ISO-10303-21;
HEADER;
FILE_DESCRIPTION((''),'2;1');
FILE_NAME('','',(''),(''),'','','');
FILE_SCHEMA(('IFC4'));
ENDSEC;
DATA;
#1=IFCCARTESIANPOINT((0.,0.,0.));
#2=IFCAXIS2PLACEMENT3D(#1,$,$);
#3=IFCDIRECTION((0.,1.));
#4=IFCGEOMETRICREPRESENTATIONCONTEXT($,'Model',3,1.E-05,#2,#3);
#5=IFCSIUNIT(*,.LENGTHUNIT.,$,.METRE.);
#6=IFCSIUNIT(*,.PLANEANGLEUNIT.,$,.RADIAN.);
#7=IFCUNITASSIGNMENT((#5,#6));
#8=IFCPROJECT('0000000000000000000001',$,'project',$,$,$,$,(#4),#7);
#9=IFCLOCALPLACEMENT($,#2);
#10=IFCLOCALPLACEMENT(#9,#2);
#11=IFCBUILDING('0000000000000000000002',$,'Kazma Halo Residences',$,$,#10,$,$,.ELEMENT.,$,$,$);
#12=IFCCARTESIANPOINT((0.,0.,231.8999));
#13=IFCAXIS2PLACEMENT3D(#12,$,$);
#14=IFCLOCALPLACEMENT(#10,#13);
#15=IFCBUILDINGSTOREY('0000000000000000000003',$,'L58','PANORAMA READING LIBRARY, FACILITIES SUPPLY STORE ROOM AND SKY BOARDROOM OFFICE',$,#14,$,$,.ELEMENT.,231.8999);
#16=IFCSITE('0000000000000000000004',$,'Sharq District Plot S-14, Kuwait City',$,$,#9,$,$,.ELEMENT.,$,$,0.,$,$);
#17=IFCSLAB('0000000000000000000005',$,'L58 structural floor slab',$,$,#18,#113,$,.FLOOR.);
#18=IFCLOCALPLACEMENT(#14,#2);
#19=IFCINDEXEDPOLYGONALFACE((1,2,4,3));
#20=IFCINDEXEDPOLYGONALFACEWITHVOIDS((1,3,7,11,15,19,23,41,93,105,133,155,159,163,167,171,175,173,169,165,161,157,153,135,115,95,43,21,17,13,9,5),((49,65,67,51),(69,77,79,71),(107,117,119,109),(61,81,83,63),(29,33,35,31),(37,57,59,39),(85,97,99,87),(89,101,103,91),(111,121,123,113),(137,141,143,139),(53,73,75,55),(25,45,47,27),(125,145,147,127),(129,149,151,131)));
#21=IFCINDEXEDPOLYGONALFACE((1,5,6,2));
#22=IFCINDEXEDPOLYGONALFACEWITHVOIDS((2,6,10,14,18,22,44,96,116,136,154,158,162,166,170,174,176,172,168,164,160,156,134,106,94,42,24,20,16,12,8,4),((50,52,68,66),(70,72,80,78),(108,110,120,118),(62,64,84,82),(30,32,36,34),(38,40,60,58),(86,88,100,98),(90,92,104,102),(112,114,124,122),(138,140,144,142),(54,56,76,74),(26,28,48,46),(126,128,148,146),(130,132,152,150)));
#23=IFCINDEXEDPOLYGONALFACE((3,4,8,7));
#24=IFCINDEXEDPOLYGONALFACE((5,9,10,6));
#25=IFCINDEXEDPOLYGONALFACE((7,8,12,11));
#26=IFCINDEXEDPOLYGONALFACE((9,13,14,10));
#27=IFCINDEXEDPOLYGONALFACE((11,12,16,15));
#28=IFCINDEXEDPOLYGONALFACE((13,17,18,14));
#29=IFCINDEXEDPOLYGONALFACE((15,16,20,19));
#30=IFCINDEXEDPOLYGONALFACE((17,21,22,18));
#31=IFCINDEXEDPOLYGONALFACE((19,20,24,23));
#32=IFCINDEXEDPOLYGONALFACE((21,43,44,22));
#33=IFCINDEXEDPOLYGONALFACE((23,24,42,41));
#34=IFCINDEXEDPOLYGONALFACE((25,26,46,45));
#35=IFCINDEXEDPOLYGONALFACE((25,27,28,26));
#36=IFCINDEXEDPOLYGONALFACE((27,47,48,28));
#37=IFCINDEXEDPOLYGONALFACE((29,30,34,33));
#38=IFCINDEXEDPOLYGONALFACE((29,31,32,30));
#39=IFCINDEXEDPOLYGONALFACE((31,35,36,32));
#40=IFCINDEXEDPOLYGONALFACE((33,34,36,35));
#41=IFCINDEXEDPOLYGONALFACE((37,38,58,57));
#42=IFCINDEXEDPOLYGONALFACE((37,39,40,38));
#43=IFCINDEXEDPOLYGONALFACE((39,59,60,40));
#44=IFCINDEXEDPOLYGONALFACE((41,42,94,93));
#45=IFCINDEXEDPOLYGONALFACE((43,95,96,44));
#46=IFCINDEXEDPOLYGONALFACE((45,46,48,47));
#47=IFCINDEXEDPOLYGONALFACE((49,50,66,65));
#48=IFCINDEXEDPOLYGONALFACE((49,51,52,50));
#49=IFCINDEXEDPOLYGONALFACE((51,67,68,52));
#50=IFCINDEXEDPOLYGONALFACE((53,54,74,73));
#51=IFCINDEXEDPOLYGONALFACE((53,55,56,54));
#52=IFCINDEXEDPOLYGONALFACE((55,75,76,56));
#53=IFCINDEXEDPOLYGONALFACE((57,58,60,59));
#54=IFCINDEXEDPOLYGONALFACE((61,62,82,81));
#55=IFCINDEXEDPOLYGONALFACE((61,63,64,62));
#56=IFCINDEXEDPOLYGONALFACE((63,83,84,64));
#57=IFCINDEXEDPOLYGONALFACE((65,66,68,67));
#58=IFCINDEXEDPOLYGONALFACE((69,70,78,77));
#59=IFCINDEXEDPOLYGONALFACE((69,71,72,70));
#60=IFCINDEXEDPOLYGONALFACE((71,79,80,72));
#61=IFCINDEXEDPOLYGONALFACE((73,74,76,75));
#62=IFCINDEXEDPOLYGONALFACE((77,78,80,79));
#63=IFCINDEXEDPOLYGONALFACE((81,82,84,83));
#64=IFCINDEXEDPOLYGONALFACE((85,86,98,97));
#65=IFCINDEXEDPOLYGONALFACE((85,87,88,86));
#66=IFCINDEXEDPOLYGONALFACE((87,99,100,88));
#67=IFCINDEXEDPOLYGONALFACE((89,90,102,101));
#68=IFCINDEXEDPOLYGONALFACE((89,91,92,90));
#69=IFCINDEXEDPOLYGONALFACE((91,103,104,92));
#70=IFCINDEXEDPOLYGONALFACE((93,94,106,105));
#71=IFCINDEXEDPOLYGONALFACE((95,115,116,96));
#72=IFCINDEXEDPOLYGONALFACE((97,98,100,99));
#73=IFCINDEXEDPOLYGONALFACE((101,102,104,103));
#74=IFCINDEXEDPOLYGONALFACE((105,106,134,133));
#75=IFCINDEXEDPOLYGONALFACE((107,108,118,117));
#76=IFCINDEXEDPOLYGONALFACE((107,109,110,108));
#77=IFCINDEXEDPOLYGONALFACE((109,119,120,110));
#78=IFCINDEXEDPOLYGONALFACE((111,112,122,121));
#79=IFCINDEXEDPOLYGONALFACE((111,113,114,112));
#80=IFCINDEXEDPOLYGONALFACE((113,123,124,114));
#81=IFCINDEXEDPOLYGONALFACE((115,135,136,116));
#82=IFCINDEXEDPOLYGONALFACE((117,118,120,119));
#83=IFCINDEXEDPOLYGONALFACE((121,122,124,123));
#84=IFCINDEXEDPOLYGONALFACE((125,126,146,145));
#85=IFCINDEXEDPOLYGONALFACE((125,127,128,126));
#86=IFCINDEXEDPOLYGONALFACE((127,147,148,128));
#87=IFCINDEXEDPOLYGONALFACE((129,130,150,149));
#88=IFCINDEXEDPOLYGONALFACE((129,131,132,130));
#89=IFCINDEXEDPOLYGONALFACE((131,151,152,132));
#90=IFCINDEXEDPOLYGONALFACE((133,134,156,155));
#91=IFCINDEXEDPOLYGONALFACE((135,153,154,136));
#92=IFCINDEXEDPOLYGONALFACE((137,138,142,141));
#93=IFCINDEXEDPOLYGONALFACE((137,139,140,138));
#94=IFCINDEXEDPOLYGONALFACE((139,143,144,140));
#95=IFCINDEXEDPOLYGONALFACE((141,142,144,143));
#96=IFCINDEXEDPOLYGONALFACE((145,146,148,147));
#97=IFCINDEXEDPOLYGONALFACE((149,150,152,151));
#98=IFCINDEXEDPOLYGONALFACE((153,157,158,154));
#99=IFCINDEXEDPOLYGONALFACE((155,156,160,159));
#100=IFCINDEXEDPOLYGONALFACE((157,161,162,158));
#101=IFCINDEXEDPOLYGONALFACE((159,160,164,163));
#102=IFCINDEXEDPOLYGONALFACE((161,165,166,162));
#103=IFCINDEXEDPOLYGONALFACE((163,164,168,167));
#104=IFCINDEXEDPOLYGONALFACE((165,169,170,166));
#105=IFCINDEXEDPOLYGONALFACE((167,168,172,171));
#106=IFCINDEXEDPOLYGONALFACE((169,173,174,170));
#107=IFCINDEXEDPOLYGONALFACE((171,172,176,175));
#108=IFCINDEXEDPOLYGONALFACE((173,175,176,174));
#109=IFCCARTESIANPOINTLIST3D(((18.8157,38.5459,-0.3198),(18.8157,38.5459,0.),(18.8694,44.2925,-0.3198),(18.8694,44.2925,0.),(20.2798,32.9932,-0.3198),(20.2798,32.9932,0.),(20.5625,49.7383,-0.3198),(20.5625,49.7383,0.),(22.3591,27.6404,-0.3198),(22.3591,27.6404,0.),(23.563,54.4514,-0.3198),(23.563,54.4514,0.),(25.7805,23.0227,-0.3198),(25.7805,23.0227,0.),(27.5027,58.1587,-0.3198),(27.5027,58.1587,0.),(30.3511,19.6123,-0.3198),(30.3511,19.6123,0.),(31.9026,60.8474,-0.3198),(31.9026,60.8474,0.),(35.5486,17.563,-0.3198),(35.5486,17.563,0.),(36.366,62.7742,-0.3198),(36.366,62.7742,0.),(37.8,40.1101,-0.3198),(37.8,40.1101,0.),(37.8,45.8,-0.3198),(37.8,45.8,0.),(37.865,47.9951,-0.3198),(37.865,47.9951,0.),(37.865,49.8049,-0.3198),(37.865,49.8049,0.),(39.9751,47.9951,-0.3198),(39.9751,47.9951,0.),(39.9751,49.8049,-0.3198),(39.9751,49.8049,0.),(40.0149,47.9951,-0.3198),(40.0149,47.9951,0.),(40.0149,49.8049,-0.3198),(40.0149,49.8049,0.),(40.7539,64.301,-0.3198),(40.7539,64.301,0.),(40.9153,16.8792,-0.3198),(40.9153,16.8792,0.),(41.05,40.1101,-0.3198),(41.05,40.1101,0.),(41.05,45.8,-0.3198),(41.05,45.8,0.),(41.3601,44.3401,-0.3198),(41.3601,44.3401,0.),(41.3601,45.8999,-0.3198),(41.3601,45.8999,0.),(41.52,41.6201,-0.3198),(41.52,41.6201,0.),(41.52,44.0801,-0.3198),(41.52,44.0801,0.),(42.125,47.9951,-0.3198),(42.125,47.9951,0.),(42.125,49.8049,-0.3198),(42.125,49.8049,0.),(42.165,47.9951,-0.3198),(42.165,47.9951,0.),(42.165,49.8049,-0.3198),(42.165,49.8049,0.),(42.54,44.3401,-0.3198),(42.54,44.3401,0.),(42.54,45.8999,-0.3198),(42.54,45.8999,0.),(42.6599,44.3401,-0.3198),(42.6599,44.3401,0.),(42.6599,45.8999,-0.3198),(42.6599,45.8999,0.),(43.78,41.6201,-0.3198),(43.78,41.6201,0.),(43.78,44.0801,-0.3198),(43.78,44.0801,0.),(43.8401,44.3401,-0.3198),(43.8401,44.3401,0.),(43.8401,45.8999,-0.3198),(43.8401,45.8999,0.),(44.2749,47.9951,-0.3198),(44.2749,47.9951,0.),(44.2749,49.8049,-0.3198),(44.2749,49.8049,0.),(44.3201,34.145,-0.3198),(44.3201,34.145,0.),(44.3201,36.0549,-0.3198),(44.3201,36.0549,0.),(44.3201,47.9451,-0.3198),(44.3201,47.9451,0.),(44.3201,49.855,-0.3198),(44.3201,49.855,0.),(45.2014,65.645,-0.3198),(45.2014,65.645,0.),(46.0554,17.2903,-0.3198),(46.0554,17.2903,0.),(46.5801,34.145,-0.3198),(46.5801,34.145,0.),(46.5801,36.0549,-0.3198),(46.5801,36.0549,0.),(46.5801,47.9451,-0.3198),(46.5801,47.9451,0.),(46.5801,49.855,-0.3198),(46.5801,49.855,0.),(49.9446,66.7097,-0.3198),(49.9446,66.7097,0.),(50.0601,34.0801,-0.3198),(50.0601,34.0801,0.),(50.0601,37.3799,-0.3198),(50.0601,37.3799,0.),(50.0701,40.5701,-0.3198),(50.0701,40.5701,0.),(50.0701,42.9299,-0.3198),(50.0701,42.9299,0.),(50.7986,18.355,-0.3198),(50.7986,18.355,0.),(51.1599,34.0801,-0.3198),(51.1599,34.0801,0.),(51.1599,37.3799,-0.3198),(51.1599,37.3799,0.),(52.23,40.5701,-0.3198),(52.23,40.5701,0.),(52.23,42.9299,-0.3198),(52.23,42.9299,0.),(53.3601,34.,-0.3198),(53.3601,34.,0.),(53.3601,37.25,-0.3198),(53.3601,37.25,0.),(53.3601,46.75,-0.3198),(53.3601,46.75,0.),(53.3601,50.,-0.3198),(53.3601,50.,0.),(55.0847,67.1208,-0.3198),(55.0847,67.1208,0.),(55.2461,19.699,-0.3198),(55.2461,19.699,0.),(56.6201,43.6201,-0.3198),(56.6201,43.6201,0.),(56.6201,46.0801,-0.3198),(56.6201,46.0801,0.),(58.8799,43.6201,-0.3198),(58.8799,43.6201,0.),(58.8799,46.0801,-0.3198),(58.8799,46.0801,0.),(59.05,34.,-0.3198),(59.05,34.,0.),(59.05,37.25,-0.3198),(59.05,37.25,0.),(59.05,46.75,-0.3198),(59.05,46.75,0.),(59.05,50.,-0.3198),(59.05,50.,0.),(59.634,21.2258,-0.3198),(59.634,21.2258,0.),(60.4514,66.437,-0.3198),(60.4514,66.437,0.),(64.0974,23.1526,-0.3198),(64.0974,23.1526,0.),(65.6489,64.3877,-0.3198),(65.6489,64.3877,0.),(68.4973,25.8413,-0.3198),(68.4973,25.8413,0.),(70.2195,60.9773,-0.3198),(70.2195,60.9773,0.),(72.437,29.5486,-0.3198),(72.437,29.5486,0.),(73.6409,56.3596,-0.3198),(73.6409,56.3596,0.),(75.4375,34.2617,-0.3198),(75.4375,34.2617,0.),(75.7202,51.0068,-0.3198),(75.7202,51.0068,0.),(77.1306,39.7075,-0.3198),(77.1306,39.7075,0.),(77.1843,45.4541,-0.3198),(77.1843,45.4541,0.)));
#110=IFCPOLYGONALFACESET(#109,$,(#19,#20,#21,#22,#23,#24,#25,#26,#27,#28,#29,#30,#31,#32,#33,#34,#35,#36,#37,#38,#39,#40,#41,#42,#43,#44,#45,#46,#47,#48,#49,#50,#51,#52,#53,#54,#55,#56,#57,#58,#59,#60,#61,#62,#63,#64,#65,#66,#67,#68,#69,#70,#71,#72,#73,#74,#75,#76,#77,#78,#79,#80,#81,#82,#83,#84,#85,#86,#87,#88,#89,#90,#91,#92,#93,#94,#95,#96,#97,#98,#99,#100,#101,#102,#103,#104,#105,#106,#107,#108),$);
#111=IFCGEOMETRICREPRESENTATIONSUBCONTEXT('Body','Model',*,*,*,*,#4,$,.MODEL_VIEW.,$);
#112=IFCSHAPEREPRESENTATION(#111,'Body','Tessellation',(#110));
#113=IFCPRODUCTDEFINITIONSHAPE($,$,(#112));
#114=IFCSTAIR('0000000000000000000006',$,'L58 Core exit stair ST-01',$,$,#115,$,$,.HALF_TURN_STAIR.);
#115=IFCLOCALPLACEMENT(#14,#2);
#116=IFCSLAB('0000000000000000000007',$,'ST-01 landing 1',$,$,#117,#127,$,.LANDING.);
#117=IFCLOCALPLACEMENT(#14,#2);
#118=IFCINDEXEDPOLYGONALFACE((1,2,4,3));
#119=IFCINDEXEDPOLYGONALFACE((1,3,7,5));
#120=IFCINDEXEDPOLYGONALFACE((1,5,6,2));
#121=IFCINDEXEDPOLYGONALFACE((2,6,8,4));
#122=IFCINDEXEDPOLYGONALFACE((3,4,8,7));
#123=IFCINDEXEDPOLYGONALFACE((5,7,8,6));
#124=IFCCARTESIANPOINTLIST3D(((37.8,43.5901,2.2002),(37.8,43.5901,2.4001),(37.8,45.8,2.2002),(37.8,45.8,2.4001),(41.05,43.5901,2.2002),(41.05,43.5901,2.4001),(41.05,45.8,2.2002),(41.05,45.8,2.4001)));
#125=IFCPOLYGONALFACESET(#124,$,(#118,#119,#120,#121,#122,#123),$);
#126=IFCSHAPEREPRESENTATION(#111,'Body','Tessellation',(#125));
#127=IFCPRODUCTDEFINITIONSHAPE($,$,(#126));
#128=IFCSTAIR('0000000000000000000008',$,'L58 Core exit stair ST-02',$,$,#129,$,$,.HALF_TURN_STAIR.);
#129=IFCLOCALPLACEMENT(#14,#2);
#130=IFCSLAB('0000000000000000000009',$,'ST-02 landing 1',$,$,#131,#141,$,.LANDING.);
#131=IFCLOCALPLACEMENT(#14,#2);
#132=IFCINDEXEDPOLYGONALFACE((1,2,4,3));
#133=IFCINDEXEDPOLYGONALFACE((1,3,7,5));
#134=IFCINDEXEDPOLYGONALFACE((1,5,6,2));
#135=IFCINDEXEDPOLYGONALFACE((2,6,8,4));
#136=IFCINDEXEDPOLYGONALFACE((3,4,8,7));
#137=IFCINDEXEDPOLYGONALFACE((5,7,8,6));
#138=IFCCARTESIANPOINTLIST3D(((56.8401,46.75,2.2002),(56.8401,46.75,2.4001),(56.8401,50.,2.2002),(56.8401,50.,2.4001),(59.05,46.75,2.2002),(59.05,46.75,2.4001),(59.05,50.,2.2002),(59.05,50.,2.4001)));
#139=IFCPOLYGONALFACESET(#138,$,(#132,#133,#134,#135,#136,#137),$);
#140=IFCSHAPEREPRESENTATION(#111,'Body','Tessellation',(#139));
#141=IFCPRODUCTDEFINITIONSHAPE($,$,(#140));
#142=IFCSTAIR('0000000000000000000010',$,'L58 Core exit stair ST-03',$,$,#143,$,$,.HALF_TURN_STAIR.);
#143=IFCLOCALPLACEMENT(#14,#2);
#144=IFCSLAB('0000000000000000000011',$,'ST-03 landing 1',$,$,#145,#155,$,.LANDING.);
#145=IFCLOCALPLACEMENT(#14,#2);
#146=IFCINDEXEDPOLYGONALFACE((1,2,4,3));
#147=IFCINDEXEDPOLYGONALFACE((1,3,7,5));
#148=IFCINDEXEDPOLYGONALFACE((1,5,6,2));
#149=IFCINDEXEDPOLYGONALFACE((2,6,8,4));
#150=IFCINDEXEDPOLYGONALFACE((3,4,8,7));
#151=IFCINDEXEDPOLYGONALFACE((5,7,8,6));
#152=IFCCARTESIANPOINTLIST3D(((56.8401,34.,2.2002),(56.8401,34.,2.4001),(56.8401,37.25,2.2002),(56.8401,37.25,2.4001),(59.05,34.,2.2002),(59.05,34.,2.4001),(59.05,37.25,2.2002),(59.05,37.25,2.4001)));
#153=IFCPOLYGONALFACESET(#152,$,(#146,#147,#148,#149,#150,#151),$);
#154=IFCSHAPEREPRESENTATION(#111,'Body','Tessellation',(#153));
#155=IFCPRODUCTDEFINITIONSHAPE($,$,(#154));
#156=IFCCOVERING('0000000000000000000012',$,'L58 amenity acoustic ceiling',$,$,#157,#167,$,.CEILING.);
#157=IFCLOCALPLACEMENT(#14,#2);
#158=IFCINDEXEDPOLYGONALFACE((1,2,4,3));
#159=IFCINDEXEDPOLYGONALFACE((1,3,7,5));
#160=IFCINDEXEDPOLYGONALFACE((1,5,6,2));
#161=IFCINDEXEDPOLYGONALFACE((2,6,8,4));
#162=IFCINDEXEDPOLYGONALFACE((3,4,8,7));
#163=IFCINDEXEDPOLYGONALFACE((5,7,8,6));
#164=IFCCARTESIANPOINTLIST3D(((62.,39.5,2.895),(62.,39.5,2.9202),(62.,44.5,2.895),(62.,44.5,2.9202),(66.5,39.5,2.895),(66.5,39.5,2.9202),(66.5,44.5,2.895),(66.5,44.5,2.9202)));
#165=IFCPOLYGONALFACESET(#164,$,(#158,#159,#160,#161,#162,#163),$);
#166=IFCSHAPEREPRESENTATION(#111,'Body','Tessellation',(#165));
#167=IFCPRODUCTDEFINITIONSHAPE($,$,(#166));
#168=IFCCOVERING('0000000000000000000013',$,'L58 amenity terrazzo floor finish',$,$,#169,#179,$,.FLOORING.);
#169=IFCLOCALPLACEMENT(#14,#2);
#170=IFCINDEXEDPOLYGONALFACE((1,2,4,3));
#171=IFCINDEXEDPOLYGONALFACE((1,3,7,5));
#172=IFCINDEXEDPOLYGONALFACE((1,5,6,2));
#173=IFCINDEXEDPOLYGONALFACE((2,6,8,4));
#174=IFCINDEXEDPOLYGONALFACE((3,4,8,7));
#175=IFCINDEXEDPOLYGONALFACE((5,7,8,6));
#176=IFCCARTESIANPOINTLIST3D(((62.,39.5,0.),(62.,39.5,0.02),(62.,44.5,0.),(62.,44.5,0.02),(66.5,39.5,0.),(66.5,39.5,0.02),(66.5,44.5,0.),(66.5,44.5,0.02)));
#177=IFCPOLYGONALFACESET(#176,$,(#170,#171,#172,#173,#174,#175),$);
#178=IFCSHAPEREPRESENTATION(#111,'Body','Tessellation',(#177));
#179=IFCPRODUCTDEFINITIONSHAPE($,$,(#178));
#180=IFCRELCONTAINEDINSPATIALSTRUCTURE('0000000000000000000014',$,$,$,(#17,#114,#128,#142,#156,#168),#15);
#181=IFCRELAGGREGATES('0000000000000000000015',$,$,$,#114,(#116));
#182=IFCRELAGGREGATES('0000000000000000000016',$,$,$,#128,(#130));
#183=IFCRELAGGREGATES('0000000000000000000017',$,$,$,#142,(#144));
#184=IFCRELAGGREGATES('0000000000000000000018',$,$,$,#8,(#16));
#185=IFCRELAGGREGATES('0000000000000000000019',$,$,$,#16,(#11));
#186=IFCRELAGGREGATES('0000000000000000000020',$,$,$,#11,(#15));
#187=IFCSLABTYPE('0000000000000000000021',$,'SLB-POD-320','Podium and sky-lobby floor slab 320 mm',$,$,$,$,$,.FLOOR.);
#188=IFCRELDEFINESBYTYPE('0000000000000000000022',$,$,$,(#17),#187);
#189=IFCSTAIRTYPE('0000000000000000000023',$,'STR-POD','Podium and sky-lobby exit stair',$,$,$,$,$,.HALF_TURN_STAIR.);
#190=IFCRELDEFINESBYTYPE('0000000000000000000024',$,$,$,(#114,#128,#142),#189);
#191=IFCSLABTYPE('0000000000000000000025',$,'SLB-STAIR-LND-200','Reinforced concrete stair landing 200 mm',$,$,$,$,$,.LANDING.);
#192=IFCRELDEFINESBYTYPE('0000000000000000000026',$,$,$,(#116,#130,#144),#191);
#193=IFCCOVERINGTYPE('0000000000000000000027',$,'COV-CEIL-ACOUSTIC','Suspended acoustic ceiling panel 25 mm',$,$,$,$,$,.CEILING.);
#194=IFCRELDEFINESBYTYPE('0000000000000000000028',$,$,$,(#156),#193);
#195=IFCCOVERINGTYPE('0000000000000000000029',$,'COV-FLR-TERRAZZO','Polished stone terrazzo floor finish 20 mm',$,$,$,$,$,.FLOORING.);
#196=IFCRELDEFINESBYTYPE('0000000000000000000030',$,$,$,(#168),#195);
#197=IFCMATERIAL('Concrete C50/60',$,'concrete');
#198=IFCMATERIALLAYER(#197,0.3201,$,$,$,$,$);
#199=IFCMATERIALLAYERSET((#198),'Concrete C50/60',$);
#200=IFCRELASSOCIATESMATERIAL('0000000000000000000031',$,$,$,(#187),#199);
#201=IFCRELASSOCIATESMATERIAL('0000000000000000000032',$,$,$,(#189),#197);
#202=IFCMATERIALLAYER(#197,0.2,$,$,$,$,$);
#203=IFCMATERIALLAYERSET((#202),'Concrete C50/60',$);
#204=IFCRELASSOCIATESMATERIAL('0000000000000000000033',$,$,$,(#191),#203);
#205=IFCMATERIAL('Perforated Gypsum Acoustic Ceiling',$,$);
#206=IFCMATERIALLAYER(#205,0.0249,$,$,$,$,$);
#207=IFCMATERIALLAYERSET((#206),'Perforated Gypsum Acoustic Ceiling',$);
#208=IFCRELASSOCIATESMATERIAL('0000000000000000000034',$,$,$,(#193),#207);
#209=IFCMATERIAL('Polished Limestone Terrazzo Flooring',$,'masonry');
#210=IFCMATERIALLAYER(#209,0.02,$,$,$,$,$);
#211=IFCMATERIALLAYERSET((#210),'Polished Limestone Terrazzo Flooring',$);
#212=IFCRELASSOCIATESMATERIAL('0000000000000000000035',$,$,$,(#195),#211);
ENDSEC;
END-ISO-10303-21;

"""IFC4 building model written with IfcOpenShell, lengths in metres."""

from ifc_helpers import new_model, si_unit, direction, frame, origin, place, context, subcontext, project, spatial, polyline, outline, extrude, material, layer, layer_set, type_object, element, aggregate, save


model = new_model("IFC4")

# Units and contexts
model_context = context("Model", 3, precision=1e-05, world=origin(), true_north=direction((0.0, 1.0)))
body_context = subcontext(model_context, "Body", "Model", "MODEL_VIEW")
ifc_project = project(units=[si_unit("LENGTHUNIT", "METRE"), si_unit("PLANEANGLEUNIT", "RADIAN")], contexts=[model_context])

# Site, building, storey
site_placement = place(None, origin())
site = spatial("IfcSite", under=ifc_project, at=site_placement, Name="Sharq District Plot S-14, Kuwait City", CompositionType="ELEMENT", RefElevation=0.0)
building_placement = place(site_placement, origin())
building = spatial("IfcBuilding", under=site, at=building_placement, Name="Kazma Halo Residences", CompositionType="ELEMENT")
storey_placement = place(building_placement, frame((0.0, 0.0, 231.8999)))
storey = spatial("IfcBuildingStorey", under=building, at=storey_placement, Name="L58", Description="PANORAMA READING LIBRARY, FACILITIES SUPPLY STORE ROOM AND SKY BOARDROOM OFFICE", CompositionType="ELEMENT", Elevation=231.8999)

# Slab
ifc_material_1 = material(Name="Concrete C50/60", Category="concrete")
ifc_layer_1 = layer(ifc_material_1, 0.3201)
ifc_layer_set_1 = layer_set([ifc_layer_1], Name="Concrete C50/60")
slab_type_1 = type_object("IfcSlabType", Name="SLB-POD-320", Description="Podium and sky-lobby floor slab 320 mm", PredefinedType="FLOOR", material=ifc_layer_set_1)
slab_1_placement = place(storey_placement, frame((0.0, 0.0, -0.3198)))
element("IfcSlab", 1, at=slab_1_placement, inside=storey, type_object=slab_type_1, Name="L58 structural floor slab", PredefinedType="FLOOR", context=body_context, shape_type="SweptSolid", body=[
    extrude(outline(polyline([(75.7202, 51.0068), (73.6409, 56.3596), (70.2195, 60.9773), (65.6489, 64.3877), (60.4514, 66.437), (55.0847, 67.1208), (49.9446, 66.7097), (45.2014, 65.645), (40.7539, 64.301), (36.366, 62.7742), (31.9026, 60.8474), (27.5027, 58.1587), (23.563, 54.4514), (20.5625, 49.7383), (18.8694, 44.2925), (18.8157, 38.5459), (20.2798, 32.9932), (22.3591, 27.6404), (25.7805, 23.0227), (30.3511, 19.6123), (35.5486, 17.563), (40.9153, 16.8792), (46.0554, 17.2903), (50.7986, 18.355), (55.2461, 19.699), (59.634, 21.2258), (64.0974, 23.1526), (68.4973, 25.8413), (72.437, 29.5486), (75.4375, 34.2617), (77.1306, 39.7075), (77.1843, 45.4541), (75.7202, 51.0068)]), holes=[polyline([(37.8, 40.1101), (41.05, 40.1101), (41.05, 45.8), (37.8, 45.8), (37.8, 40.1101)]), polyline([(53.3601, 46.75), (59.05, 46.75), (59.05, 50.0), (53.3601, 50.0), (53.3601, 46.75)]), polyline([(53.3601, 34.0), (59.05, 34.0), (59.05, 37.25), (53.3601, 37.25), (53.3601, 34.0)]), polyline([(41.52, 41.6201), (43.78, 41.6201), (43.78, 44.0801), (41.52, 44.0801), (41.52, 41.6201)]), polyline([(56.6201, 43.6201), (58.8799, 43.6201), (58.8799, 46.0801), (56.6201, 46.0801), (56.6201, 43.6201)]), polyline([(37.865, 47.9951), (39.9751, 47.9951), (39.9751, 49.8049), (37.865, 49.8049), (37.865, 47.9951)]), polyline([(40.0149, 47.9951), (42.125, 47.9951), (42.125, 49.8049), (40.0149, 49.8049), (40.0149, 47.9951)]), polyline([(42.165, 47.9951), (44.2749, 47.9951), (44.2749, 49.8049), (42.165, 49.8049), (42.165, 47.9951)]), polyline([(44.3201, 47.9451), (46.5801, 47.9451), (46.5801, 49.855), (44.3201, 49.855), (44.3201, 47.9451)]), polyline([(44.3201, 34.145), (46.5801, 34.145), (46.5801, 36.0549), (44.3201, 36.0549), (44.3201, 34.145)]), polyline([(50.0701, 40.5701), (52.23, 40.5701), (52.23, 42.9299), (50.0701, 42.9299), (50.0701, 40.5701)]), polyline([(41.3601, 44.3401), (42.54, 44.3401), (42.54, 45.8999), (41.3601, 45.8999), (41.3601, 44.3401)]), polyline([(42.6599, 44.3401), (43.8401, 44.3401), (43.8401, 45.8999), (42.6599, 45.8999), (42.6599, 44.3401)]), polyline([(50.0601, 34.0801), (51.1599, 34.0801), (51.1599, 37.3799), (50.0601, 37.3799), (50.0601, 34.0801)])]), origin(), (0.0, 0.0, 1.0), 0.3198),
])

# Stairs, slabs
stair_type = type_object("IfcStairType", Name="STR-POD", Description="Podium and sky-lobby exit stair", PredefinedType="HALF_TURN_STAIR", material=ifc_material_1)
stair_1_placement = place(storey_placement, origin())
stair_1 = element("IfcStair", 2, at=stair_1_placement, inside=storey, type_object=stair_type, Name="L58 Core exit stair ST-01", PredefinedType="HALF_TURN_STAIR")
ifc_layer_2 = layer(ifc_material_1, 0.2)
ifc_layer_set_2 = layer_set([ifc_layer_2], Name="Concrete C50/60")
slab_type_2 = type_object("IfcSlabType", Name="SLB-STAIR-LND-200", Description="Reinforced concrete stair landing 200 mm", PredefinedType="LANDING", material=ifc_layer_set_2)
slab_2_placement = place(storey_placement, frame((0.0, 0.0, 2.2002)))
slab_2 = element("IfcSlab", 3, at=slab_2_placement, type_object=slab_type_2, Name="ST-01 landing 1", PredefinedType="LANDING", context=body_context, shape_type="SweptSolid", body=[
    extrude(outline(polyline([(41.05, 43.5901), (41.05, 45.8), (37.8, 45.8), (37.8, 43.5901), (41.05, 43.5901)])), origin(), (0.0, 0.0, 1.0), 0.2),
])
aggregate(stair_1, [slab_2])
stair_2_placement = place(storey_placement, origin())
stair_2 = element("IfcStair", 4, at=stair_2_placement, inside=storey, type_object=stair_type, Name="L58 Core exit stair ST-02", PredefinedType="HALF_TURN_STAIR")
slab_3_placement = place(storey_placement, frame((0.0, 0.0, 2.2002)))
slab_3 = element("IfcSlab", 5, at=slab_3_placement, type_object=slab_type_2, Name="ST-02 landing 1", PredefinedType="LANDING", context=body_context, shape_type="SweptSolid", body=[
    extrude(outline(polyline([(56.8401, 46.75), (59.05, 46.75), (59.05, 50.0), (56.8401, 50.0), (56.8401, 46.75)])), origin(), (0.0, 0.0, 1.0), 0.2),
])
aggregate(stair_2, [slab_3])
stair_3_placement = place(storey_placement, origin())
stair_3 = element("IfcStair", 6, at=stair_3_placement, inside=storey, type_object=stair_type, Name="L58 Core exit stair ST-03", PredefinedType="HALF_TURN_STAIR")
slab_4_placement = place(storey_placement, frame((0.0, 0.0, 2.2002)))
slab_4 = element("IfcSlab", 7, at=slab_4_placement, type_object=slab_type_2, Name="ST-03 landing 1", PredefinedType="LANDING", context=body_context, shape_type="SweptSolid", body=[
    extrude(outline(polyline([(56.8401, 34.0), (59.05, 34.0), (59.05, 37.25), (56.8401, 37.25), (56.8401, 34.0)])), origin(), (0.0, 0.0, 1.0), 0.2),
])
aggregate(stair_3, [slab_4])

# Coverings
ifc_material_2 = material(Name="Perforated Gypsum Acoustic Ceiling")
ifc_layer_3 = layer(ifc_material_2, 0.0249)
ifc_layer_set_3 = layer_set([ifc_layer_3], Name="Perforated Gypsum Acoustic Ceiling")
covering_type_1 = type_object("IfcCoveringType", Name="COV-CEIL-ACOUSTIC", Description="Suspended acoustic ceiling panel 25 mm", PredefinedType="CEILING", material=ifc_layer_set_3)
covering_1_placement = place(storey_placement, frame((0.0, 0.0, 2.895)))
element("IfcCovering", 8, at=covering_1_placement, inside=storey, type_object=covering_type_1, Name="L58 amenity acoustic ceiling", PredefinedType="CEILING", context=body_context, shape_type="SweptSolid", body=[
    extrude(outline(polyline([(62.0, 39.5), (66.5, 39.5), (66.5, 44.5), (62.0, 44.5), (62.0, 39.5)])), origin(), (0.0, 0.0, 1.0), 0.0251),
])
ifc_material_3 = material(Name="Polished Limestone Terrazzo Flooring", Category="masonry")
ifc_layer_4 = layer(ifc_material_3, 0.02)
ifc_layer_set_4 = layer_set([ifc_layer_4], Name="Polished Limestone Terrazzo Flooring")
covering_type_2 = type_object("IfcCoveringType", Name="COV-FLR-TERRAZZO", Description="Polished stone terrazzo floor finish 20 mm", PredefinedType="FLOORING", material=ifc_layer_set_4)
covering_2_placement = place(storey_placement, origin())
element("IfcCovering", 9, at=covering_2_placement, inside=storey, type_object=covering_type_2, Name="L58 amenity terrazzo floor finish", PredefinedType="FLOORING", context=body_context, shape_type="SweptSolid", body=[
    extrude(outline(polyline([(62.0, 39.5), (66.5, 39.5), (66.5, 44.5), (62.0, 44.5), (62.0, 39.5)])), origin(), (0.0, 0.0, 1.0), 0.02),
])

save(model, "model.ifc")
